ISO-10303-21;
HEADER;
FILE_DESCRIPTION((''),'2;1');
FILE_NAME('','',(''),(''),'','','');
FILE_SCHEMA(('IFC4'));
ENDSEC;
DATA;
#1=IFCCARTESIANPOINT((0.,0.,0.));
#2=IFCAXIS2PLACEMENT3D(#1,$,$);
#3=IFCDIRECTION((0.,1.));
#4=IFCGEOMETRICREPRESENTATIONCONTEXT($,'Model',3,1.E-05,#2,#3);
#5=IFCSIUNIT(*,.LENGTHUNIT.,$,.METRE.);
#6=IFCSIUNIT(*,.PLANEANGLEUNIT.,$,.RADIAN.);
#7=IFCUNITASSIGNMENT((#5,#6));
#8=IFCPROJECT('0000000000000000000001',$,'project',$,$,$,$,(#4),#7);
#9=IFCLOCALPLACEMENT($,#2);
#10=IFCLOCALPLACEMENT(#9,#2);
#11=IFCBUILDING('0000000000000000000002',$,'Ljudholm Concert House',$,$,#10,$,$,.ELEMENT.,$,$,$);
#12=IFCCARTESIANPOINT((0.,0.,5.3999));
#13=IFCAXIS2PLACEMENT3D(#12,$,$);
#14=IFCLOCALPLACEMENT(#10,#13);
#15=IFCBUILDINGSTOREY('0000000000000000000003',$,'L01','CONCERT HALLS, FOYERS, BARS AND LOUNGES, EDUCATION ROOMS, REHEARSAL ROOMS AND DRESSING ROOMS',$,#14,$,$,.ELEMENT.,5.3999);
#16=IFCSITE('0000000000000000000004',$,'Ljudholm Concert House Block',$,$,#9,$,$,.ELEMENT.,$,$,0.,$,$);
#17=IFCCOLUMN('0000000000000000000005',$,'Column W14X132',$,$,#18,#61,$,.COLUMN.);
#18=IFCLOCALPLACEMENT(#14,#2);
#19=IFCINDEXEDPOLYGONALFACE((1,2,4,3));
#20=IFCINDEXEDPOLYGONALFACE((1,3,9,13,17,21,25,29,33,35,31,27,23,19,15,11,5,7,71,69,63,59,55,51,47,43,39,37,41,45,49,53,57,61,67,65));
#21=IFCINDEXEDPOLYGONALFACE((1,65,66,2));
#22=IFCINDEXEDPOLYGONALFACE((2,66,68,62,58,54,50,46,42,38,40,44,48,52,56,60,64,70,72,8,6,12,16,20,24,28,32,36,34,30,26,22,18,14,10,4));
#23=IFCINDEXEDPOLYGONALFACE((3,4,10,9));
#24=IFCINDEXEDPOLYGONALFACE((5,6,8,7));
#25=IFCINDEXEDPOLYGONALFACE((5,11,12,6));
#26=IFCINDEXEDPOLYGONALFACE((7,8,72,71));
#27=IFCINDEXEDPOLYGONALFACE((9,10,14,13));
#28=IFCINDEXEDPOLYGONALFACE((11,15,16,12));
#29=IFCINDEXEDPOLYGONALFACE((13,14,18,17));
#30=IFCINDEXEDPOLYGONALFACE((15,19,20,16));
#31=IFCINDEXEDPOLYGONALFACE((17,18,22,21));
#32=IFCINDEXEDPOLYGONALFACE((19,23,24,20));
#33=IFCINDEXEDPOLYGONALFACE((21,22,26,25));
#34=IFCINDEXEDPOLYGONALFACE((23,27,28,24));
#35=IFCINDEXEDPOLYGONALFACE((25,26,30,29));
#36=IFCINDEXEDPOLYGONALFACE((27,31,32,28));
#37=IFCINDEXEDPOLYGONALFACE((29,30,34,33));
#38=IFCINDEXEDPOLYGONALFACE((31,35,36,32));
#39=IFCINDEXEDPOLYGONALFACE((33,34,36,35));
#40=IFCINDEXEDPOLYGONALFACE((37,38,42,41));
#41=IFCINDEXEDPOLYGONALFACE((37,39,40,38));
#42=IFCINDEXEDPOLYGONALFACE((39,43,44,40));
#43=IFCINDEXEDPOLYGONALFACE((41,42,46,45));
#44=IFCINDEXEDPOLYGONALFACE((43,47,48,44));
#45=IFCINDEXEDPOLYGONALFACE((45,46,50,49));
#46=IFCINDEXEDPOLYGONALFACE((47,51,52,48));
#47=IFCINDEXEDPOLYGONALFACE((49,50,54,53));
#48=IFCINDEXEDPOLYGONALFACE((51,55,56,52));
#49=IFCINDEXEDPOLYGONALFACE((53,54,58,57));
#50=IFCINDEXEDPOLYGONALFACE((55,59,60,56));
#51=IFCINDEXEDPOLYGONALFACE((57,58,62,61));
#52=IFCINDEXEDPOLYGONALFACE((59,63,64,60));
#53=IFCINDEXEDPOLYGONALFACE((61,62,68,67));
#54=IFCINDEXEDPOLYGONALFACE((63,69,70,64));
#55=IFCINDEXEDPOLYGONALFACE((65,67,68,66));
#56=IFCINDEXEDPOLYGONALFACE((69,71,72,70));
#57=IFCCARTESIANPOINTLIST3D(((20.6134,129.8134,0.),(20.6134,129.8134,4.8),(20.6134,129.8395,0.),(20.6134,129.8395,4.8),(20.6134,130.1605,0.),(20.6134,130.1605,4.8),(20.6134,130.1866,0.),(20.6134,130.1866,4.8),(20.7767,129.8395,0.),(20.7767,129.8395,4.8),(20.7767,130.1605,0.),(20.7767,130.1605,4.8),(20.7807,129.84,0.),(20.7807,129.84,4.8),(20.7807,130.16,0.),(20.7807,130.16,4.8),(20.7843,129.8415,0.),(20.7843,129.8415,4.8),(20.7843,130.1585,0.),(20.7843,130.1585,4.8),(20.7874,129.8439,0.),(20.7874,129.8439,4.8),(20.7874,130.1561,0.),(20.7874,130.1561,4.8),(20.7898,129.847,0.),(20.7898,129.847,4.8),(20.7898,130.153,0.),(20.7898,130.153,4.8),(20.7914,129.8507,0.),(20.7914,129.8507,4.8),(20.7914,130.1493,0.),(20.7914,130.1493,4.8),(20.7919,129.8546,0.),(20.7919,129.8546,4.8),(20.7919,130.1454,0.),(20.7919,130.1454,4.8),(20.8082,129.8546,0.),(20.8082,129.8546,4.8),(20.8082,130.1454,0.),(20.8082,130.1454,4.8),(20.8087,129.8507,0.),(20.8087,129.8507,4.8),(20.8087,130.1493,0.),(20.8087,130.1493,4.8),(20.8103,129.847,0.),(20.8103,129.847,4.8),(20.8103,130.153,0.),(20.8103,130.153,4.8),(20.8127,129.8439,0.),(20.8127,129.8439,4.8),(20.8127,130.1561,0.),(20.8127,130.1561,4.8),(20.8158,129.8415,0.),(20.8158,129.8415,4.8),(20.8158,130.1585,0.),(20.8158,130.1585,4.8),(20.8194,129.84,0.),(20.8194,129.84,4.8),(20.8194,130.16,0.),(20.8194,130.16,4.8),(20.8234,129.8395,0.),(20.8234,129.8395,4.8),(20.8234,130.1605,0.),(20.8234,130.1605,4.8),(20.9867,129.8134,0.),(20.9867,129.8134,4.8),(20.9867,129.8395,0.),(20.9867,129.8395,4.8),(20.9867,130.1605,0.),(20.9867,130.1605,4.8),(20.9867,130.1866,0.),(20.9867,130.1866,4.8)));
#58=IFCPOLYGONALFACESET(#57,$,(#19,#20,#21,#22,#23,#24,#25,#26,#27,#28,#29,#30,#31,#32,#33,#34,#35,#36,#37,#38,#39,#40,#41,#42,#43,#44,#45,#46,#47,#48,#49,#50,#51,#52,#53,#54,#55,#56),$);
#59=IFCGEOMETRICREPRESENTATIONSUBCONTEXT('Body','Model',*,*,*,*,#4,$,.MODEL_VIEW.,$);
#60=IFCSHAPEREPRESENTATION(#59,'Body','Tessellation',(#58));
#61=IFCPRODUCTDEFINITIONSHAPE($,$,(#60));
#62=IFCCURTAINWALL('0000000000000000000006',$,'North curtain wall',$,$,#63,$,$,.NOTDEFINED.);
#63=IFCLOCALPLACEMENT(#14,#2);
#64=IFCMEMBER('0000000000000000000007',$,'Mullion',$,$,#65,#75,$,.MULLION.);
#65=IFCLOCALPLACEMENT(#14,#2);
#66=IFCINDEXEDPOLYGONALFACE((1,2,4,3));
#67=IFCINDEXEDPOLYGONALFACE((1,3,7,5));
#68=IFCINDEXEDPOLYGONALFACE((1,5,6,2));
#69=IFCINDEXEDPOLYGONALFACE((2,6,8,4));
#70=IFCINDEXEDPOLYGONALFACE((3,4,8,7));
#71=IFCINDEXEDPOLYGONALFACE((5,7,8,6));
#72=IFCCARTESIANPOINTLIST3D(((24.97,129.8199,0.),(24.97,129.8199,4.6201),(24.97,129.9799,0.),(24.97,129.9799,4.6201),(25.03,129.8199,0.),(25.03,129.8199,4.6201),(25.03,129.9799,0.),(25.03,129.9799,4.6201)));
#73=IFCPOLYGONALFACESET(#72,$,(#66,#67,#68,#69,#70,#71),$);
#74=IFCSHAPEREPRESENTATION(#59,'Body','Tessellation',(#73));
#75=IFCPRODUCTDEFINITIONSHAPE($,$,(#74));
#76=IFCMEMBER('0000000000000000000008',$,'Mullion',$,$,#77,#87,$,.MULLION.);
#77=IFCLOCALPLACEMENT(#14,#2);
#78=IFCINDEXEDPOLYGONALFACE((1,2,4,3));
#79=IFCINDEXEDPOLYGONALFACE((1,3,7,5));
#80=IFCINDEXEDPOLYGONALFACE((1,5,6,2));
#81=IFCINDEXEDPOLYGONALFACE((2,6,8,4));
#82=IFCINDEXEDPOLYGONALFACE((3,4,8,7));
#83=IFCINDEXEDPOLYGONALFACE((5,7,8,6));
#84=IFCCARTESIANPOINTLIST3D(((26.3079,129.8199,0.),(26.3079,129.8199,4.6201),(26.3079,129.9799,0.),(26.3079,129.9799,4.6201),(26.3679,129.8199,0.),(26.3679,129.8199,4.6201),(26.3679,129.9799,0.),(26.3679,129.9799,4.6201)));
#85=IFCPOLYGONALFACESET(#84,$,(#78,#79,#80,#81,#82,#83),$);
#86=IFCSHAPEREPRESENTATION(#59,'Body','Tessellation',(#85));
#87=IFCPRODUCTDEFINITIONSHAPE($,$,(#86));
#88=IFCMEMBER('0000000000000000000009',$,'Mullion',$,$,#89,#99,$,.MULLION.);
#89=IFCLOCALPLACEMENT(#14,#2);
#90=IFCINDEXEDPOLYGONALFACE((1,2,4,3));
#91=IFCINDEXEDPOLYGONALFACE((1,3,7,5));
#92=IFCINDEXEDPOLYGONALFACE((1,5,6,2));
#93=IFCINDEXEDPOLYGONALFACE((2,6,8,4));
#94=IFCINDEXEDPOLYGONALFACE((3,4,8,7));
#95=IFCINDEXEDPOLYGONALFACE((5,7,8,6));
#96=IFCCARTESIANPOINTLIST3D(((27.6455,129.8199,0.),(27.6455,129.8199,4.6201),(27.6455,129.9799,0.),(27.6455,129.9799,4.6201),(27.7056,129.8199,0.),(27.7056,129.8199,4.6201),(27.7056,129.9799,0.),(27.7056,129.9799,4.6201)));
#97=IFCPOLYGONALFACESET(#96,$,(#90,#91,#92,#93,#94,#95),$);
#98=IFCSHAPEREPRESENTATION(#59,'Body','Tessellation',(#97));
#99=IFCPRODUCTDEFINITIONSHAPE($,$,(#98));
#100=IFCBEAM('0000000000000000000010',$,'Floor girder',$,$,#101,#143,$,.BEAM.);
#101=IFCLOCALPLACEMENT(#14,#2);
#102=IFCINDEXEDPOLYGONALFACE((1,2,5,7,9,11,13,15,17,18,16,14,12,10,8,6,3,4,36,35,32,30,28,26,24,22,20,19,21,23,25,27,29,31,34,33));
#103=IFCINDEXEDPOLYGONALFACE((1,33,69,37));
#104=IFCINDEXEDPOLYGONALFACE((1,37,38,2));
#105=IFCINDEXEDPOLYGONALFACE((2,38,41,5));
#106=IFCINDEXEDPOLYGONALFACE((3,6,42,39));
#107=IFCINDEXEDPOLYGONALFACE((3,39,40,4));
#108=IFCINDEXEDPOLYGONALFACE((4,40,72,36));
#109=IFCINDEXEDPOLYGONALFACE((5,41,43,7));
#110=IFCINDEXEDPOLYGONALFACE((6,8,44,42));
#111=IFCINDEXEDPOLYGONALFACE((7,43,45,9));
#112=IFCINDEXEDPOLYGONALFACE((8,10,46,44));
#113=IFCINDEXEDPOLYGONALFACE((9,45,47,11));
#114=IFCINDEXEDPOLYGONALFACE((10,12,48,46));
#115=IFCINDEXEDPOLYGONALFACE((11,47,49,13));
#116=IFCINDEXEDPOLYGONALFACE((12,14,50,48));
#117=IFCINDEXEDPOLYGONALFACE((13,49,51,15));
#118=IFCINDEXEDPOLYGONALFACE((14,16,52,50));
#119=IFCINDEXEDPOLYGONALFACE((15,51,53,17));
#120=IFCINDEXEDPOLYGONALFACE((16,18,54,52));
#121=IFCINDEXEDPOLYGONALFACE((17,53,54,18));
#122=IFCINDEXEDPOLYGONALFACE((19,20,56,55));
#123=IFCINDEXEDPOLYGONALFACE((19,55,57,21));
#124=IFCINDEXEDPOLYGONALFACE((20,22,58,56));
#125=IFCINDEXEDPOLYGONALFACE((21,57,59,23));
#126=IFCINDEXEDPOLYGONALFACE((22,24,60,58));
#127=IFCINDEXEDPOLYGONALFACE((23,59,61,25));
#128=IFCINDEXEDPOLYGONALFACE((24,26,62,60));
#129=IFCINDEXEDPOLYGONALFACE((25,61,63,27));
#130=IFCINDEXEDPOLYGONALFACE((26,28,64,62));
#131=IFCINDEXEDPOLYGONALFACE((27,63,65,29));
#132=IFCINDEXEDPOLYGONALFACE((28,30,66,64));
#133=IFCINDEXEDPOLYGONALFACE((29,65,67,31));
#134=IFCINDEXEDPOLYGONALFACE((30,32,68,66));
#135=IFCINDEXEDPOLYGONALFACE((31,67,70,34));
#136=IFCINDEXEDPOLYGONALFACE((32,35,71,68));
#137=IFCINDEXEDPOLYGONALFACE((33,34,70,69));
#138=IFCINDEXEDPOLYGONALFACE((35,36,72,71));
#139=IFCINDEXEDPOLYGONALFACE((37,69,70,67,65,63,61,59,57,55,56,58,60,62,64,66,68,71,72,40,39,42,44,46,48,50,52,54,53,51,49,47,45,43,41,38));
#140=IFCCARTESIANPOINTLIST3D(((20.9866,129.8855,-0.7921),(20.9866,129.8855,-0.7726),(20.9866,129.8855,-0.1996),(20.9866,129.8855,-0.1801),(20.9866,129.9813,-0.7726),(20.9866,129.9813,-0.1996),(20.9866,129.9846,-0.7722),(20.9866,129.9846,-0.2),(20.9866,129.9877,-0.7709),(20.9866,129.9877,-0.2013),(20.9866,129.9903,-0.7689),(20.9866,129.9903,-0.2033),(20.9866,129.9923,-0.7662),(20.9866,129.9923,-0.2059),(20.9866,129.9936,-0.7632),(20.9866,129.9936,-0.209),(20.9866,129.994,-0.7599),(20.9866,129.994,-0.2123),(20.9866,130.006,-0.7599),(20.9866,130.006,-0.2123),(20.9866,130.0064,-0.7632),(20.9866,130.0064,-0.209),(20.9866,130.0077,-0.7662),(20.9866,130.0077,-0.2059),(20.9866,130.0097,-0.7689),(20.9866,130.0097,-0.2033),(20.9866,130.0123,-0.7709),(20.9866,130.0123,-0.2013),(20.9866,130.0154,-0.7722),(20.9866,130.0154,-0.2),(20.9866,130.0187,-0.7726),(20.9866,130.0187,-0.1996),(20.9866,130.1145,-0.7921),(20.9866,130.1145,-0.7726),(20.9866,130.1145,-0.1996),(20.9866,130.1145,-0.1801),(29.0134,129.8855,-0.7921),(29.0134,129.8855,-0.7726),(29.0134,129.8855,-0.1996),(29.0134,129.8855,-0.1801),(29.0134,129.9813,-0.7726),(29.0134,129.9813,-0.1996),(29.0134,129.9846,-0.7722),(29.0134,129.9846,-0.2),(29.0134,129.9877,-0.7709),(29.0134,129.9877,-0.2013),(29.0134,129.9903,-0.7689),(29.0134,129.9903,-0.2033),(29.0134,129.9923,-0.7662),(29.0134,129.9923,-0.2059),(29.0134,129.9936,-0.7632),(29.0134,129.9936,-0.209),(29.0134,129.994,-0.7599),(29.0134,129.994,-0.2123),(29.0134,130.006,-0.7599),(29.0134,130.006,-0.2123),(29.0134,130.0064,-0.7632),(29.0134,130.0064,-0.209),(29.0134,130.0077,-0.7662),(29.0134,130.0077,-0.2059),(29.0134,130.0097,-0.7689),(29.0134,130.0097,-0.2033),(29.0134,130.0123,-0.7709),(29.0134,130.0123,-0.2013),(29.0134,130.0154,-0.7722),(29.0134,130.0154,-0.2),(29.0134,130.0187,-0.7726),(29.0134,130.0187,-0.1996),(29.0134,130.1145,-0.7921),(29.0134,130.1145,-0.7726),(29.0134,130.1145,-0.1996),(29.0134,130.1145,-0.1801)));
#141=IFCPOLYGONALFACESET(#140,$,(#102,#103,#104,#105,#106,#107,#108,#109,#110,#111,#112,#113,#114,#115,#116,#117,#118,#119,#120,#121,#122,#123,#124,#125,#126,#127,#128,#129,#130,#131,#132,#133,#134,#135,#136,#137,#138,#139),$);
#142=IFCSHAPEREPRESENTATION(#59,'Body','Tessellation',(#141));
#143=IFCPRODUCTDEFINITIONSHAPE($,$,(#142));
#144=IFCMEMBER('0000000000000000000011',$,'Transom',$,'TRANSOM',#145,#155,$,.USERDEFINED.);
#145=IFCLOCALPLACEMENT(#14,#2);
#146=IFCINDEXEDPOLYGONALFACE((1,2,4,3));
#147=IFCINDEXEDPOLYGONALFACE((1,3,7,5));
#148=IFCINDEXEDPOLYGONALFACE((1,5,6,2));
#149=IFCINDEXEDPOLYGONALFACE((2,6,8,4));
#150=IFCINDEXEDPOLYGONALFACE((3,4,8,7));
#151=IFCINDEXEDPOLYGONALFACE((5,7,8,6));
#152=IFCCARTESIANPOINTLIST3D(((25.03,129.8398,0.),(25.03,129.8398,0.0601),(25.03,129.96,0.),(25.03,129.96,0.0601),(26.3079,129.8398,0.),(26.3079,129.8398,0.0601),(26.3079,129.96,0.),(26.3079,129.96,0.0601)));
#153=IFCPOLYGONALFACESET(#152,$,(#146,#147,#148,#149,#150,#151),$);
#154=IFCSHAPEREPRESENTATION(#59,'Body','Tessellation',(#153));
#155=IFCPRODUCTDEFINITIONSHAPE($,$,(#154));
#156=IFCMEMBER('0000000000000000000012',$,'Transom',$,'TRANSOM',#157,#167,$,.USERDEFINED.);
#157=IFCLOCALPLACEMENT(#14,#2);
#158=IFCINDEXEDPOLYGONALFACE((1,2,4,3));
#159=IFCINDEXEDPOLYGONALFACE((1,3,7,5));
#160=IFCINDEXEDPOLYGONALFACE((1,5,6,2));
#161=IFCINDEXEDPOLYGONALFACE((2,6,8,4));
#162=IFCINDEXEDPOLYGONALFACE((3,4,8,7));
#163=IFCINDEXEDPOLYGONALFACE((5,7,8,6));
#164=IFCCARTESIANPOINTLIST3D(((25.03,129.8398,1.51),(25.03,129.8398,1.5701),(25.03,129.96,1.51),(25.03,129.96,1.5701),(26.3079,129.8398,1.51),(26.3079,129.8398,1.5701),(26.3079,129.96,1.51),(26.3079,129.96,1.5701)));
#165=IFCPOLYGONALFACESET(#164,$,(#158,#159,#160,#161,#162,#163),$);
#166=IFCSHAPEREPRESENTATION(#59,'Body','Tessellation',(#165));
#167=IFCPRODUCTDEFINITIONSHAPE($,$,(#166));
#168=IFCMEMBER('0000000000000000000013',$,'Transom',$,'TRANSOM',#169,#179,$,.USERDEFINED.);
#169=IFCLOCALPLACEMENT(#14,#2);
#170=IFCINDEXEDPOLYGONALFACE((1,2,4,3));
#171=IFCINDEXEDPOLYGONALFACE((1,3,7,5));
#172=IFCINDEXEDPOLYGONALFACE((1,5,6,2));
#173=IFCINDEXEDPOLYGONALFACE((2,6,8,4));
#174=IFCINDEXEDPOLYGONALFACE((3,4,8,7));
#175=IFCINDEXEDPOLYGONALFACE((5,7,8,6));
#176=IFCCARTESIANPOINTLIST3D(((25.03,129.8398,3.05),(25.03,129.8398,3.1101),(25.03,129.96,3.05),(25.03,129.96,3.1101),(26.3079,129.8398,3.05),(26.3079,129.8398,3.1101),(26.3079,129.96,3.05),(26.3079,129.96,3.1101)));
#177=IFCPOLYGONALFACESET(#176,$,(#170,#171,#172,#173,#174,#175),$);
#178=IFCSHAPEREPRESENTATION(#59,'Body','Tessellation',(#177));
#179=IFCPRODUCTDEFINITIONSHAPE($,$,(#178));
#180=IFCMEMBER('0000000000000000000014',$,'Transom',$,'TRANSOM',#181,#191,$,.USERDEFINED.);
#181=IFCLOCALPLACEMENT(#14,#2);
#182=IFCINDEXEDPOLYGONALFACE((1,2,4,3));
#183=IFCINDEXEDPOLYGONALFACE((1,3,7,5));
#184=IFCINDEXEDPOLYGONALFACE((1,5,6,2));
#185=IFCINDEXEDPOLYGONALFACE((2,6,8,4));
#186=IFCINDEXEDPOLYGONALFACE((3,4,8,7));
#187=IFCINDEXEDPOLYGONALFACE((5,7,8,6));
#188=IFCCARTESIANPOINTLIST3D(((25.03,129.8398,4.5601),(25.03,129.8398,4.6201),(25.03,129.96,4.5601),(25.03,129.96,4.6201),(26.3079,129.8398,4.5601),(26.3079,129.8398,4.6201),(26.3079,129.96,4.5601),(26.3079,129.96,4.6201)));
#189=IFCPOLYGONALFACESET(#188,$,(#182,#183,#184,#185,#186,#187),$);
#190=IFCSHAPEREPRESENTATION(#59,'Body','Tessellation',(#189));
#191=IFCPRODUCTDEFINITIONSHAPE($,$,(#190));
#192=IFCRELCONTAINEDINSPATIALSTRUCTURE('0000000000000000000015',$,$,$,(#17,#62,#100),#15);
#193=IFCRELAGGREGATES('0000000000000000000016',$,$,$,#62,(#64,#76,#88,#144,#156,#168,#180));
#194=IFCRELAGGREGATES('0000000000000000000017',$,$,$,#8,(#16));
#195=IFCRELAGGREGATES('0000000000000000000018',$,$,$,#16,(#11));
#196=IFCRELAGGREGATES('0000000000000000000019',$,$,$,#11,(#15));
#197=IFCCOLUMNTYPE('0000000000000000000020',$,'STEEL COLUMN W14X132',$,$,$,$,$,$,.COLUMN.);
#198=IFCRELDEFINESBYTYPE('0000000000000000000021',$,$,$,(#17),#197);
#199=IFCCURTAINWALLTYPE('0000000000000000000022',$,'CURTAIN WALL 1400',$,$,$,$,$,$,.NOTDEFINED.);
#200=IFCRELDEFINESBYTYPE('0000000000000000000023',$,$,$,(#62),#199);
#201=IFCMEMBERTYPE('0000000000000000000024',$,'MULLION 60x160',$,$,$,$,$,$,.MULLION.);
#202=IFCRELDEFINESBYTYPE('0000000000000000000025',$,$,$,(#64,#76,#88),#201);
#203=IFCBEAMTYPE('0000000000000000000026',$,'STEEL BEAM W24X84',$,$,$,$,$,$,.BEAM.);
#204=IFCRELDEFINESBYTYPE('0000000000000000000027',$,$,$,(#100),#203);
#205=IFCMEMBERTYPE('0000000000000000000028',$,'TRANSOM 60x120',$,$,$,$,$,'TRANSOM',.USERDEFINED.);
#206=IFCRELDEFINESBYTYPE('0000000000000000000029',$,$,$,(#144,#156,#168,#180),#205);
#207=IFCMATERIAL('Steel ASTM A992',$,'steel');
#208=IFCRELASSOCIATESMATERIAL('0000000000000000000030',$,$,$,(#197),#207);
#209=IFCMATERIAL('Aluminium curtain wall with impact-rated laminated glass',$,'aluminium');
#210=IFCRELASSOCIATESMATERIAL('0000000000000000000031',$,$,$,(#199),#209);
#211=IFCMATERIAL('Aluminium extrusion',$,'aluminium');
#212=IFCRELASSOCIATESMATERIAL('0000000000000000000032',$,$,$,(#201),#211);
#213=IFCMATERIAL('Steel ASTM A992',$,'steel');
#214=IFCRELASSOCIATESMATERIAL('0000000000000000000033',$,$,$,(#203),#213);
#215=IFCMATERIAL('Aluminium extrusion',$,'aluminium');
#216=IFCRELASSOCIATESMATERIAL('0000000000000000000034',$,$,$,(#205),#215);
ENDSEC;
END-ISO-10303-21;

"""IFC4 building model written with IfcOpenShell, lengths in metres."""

from ifc_helpers import new_model, si_unit, direction, frame, origin, origin_2d, place, context, subcontext, project, spatial, rectangle, i_section, extrude, material, material_profile, profile_set, type_object, element, aggregate, save


model = new_model("IFC4")

# Units and contexts
model_context = context("Model", 3, precision=1e-05, world=origin(), true_north=direction((0.0, 1.0)))
body_context = subcontext(model_context, "Body", "Model", "MODEL_VIEW")
ifc_project = project(units=[si_unit("LENGTHUNIT", "METRE"), si_unit("PLANEANGLEUNIT", "RADIAN")], contexts=[model_context])

# Site, building, storey
site_placement = place(None, origin())
site = spatial("IfcSite", under=ifc_project, at=site_placement, Name="Ljudholm Concert House Block", CompositionType="ELEMENT", RefElevation=0.0)
building_placement = place(site_placement, origin())
building = spatial("IfcBuilding", under=site, at=building_placement, Name="Ljudholm Concert House", CompositionType="ELEMENT")
storey_placement = place(building_placement, frame((0.0, 0.0, 5.3999)))
storey = spatial("IfcBuildingStorey", under=building, at=storey_placement, Name="L01", Description="CONCERT HALLS, FOYERS, BARS AND LOUNGES, EDUCATION ROOMS, REHEARSAL ROOMS AND DRESSING ROOMS", CompositionType="ELEMENT", Elevation=5.3999)

# Column
ifc_material_1 = material(Name="Steel ASTM A992", Category="steel")
ifc_material_profile_1 = material_profile(ifc_material_1, i_section(OverallWidth=0.3733, OverallDepth=0.3733, WebThickness=0.0164, FlangeThickness=0.0261, FilletRadius=0.0151, at=origin_2d()), Name="W14X132")
ifc_profile_set_1 = profile_set([ifc_material_profile_1], Name="Steel ASTM A992")
column_type = type_object("IfcColumnType", Name="STEEL COLUMN W14X132", PredefinedType="COLUMN", material=ifc_profile_set_1)
column_placement = place(storey_placement, frame((20.8, 130.0, 0.0), z_axis=(0.0, 0.0, 1.0), x_axis=(1.0, 0.0, 0.0)))
element("IfcColumn", 1, at=column_placement, inside=storey, type_object=column_type, Name="Column W14X132", PredefinedType="COLUMN", context=body_context, shape_type="SweptSolid", body=[
    extrude(i_section(OverallWidth=0.3733, OverallDepth=0.3733, WebThickness=0.0164, FlangeThickness=0.0261, FilletRadius=0.0151, at=origin_2d()), origin(), (0.0, 0.0, 1.0), 4.8),
])

# Curtain wall, members
ifc_material_2 = material(Name="Aluminium curtain wall with impact-rated laminated glass", Category="aluminium")
curtain_wall_type = type_object("IfcCurtainWallType", Name="CURTAIN WALL 1400", PredefinedType="NOTDEFINED", material=ifc_material_2)
curtain_wall_placement = place(storey_placement, origin())
curtain_wall = element("IfcCurtainWall", 2, at=curtain_wall_placement, inside=storey, type_object=curtain_wall_type, Name="North curtain wall", PredefinedType="NOTDEFINED")
ifc_material_3 = material(Name="Aluminium extrusion", Category="aluminium")
ifc_material_profile_2 = material_profile(ifc_material_3, rectangle(XDim=0.1599, YDim=0.0601, at=origin_2d()), Name="MULLION 60x160")
ifc_profile_set_2 = profile_set([ifc_material_profile_2], Name="Aluminium extrusion")
member_type_1 = type_object("IfcMemberType", Name="MULLION 60x160", PredefinedType="MULLION", material=ifc_profile_set_2)
member_1_placement = place(storey_placement, frame((25.0, 129.8999, 0.0), z_axis=(0.0, 0.0, 1.0), x_axis=(0.0, 1.0, 0.0)))
member_1 = element("IfcMember", 3, at=member_1_placement, type_object=member_type_1, Name="Mullion", PredefinedType="MULLION", context=body_context, shape_type="SweptSolid", body=[
    extrude(rectangle(XDim=0.1599, YDim=0.0601, at=origin_2d()), origin(), (0.0, 0.0, 1.0), 4.6201),
])
member_2_placement = place(storey_placement, frame((26.3379, 129.8999, 0.0), z_axis=(0.0, 0.0, 1.0), x_axis=(0.0, 1.0, 0.0)))
member_2 = element("IfcMember", 4, at=member_2_placement, type_object=member_type_1, Name="Mullion", PredefinedType="MULLION", context=body_context, shape_type="SweptSolid", body=[
    extrude(rectangle(XDim=0.1599, YDim=0.0601, at=origin_2d()), origin(), (0.0, 0.0, 1.0), 4.6201),
])
member_3_placement = place(storey_placement, frame((27.6755, 129.8999, 0.0), z_axis=(0.0, 0.0, 1.0), x_axis=(0.0, 1.0, 0.0)))
member_3 = element("IfcMember", 5, at=member_3_placement, type_object=member_type_1, Name="Mullion", PredefinedType="MULLION", context=body_context, shape_type="SweptSolid", body=[
    extrude(rectangle(XDim=0.1599, YDim=0.0601, at=origin_2d()), origin(), (0.0, 0.0, 1.0), 4.6201),
])

# Beam
ifc_material_4 = material(Name="Steel ASTM A992", Category="steel")
ifc_material_profile_3 = material_profile(ifc_material_4, i_section(OverallWidth=0.229, OverallDepth=0.6121, WebThickness=0.012, FlangeThickness=0.0195, FilletRadius=0.0127, at=origin_2d()), Name="W24X84")
ifc_profile_set_3 = profile_set([ifc_material_profile_3], Name="Steel ASTM A992")
beam_type = type_object("IfcBeamType", Name="STEEL BEAM W24X84", PredefinedType="BEAM", material=ifc_profile_set_3)
beam_placement = place(storey_placement, frame((20.9866, 130.0, -0.4861), z_axis=(1.0, 0.0, 0.0), x_axis=(0.0, 1.0, 0.0)))
element("IfcBeam", 6, at=beam_placement, inside=storey, type_object=beam_type, Name="Floor girder", PredefinedType="BEAM", context=body_context, shape_type="SweptSolid", body=[
    extrude(i_section(OverallWidth=0.229, OverallDepth=0.6121, WebThickness=0.012, FlangeThickness=0.0195, FilletRadius=0.0127, at=origin_2d()), origin(), (0.0, 0.0, 1.0), 8.0269),
])

# Members
ifc_material_5 = material(Name="Aluminium extrusion", Category="aluminium")
ifc_material_profile_4 = material_profile(ifc_material_5, rectangle(XDim=0.1201, YDim=0.0601, at=origin_2d()), Name="TRANSOM 60x120")
ifc_profile_set_4 = profile_set([ifc_material_profile_4], Name="Aluminium extrusion")
member_type_2 = type_object("IfcMemberType", Name="TRANSOM 60x120", ElementType="TRANSOM", PredefinedType="USERDEFINED", material=ifc_profile_set_4)
member_4_placement = place(storey_placement, frame((25.03, 129.8999, 0.03), z_axis=(1.0, 0.0, 0.0), x_axis=(0.0, 1.0, 0.0)))
member_4 = element("IfcMember", 7, at=member_4_placement, type_object=member_type_2, Name="Transom", ObjectType="TRANSOM", PredefinedType="USERDEFINED", context=body_context, shape_type="SweptSolid", body=[
    extrude(rectangle(XDim=0.1201, YDim=0.0601, at=origin_2d()), origin(), (0.0, 0.0, 1.0), 1.2778),
])
member_5_placement = place(storey_placement, frame((25.03, 129.8999, 1.54), z_axis=(1.0, 0.0, 0.0), x_axis=(0.0, 1.0, 0.0)))
member_5 = element("IfcMember", 8, at=member_5_placement, type_object=member_type_2, Name="Transom", ObjectType="TRANSOM", PredefinedType="USERDEFINED", context=body_context, shape_type="SweptSolid", body=[
    extrude(rectangle(XDim=0.1201, YDim=0.0601, at=origin_2d()), origin(), (0.0, 0.0, 1.0), 1.2778),
])
member_6_placement = place(storey_placement, frame((25.03, 129.8999, 3.0801), z_axis=(1.0, 0.0, 0.0), x_axis=(0.0, 1.0, 0.0)))
member_6 = element("IfcMember", 9, at=member_6_placement, type_object=member_type_2, Name="Transom", ObjectType="TRANSOM", PredefinedType="USERDEFINED", context=body_context, shape_type="SweptSolid", body=[
    extrude(rectangle(XDim=0.1201, YDim=0.0601, at=origin_2d()), origin(), (0.0, 0.0, 1.0), 1.2778),
])
member_7_placement = place(storey_placement, frame((25.03, 129.8999, 4.5901), z_axis=(1.0, 0.0, 0.0), x_axis=(0.0, 1.0, 0.0)))
member_7 = element("IfcMember", 10, at=member_7_placement, type_object=member_type_2, Name="Transom", ObjectType="TRANSOM", PredefinedType="USERDEFINED", context=body_context, shape_type="SweptSolid", body=[
    extrude(rectangle(XDim=0.1201, YDim=0.0601, at=origin_2d()), origin(), (0.0, 0.0, 1.0), 1.2778),
])

aggregate(curtain_wall, [member_1, member_2, member_3, member_4, member_5, member_6, member_7])

save(model, "model.ifc")
